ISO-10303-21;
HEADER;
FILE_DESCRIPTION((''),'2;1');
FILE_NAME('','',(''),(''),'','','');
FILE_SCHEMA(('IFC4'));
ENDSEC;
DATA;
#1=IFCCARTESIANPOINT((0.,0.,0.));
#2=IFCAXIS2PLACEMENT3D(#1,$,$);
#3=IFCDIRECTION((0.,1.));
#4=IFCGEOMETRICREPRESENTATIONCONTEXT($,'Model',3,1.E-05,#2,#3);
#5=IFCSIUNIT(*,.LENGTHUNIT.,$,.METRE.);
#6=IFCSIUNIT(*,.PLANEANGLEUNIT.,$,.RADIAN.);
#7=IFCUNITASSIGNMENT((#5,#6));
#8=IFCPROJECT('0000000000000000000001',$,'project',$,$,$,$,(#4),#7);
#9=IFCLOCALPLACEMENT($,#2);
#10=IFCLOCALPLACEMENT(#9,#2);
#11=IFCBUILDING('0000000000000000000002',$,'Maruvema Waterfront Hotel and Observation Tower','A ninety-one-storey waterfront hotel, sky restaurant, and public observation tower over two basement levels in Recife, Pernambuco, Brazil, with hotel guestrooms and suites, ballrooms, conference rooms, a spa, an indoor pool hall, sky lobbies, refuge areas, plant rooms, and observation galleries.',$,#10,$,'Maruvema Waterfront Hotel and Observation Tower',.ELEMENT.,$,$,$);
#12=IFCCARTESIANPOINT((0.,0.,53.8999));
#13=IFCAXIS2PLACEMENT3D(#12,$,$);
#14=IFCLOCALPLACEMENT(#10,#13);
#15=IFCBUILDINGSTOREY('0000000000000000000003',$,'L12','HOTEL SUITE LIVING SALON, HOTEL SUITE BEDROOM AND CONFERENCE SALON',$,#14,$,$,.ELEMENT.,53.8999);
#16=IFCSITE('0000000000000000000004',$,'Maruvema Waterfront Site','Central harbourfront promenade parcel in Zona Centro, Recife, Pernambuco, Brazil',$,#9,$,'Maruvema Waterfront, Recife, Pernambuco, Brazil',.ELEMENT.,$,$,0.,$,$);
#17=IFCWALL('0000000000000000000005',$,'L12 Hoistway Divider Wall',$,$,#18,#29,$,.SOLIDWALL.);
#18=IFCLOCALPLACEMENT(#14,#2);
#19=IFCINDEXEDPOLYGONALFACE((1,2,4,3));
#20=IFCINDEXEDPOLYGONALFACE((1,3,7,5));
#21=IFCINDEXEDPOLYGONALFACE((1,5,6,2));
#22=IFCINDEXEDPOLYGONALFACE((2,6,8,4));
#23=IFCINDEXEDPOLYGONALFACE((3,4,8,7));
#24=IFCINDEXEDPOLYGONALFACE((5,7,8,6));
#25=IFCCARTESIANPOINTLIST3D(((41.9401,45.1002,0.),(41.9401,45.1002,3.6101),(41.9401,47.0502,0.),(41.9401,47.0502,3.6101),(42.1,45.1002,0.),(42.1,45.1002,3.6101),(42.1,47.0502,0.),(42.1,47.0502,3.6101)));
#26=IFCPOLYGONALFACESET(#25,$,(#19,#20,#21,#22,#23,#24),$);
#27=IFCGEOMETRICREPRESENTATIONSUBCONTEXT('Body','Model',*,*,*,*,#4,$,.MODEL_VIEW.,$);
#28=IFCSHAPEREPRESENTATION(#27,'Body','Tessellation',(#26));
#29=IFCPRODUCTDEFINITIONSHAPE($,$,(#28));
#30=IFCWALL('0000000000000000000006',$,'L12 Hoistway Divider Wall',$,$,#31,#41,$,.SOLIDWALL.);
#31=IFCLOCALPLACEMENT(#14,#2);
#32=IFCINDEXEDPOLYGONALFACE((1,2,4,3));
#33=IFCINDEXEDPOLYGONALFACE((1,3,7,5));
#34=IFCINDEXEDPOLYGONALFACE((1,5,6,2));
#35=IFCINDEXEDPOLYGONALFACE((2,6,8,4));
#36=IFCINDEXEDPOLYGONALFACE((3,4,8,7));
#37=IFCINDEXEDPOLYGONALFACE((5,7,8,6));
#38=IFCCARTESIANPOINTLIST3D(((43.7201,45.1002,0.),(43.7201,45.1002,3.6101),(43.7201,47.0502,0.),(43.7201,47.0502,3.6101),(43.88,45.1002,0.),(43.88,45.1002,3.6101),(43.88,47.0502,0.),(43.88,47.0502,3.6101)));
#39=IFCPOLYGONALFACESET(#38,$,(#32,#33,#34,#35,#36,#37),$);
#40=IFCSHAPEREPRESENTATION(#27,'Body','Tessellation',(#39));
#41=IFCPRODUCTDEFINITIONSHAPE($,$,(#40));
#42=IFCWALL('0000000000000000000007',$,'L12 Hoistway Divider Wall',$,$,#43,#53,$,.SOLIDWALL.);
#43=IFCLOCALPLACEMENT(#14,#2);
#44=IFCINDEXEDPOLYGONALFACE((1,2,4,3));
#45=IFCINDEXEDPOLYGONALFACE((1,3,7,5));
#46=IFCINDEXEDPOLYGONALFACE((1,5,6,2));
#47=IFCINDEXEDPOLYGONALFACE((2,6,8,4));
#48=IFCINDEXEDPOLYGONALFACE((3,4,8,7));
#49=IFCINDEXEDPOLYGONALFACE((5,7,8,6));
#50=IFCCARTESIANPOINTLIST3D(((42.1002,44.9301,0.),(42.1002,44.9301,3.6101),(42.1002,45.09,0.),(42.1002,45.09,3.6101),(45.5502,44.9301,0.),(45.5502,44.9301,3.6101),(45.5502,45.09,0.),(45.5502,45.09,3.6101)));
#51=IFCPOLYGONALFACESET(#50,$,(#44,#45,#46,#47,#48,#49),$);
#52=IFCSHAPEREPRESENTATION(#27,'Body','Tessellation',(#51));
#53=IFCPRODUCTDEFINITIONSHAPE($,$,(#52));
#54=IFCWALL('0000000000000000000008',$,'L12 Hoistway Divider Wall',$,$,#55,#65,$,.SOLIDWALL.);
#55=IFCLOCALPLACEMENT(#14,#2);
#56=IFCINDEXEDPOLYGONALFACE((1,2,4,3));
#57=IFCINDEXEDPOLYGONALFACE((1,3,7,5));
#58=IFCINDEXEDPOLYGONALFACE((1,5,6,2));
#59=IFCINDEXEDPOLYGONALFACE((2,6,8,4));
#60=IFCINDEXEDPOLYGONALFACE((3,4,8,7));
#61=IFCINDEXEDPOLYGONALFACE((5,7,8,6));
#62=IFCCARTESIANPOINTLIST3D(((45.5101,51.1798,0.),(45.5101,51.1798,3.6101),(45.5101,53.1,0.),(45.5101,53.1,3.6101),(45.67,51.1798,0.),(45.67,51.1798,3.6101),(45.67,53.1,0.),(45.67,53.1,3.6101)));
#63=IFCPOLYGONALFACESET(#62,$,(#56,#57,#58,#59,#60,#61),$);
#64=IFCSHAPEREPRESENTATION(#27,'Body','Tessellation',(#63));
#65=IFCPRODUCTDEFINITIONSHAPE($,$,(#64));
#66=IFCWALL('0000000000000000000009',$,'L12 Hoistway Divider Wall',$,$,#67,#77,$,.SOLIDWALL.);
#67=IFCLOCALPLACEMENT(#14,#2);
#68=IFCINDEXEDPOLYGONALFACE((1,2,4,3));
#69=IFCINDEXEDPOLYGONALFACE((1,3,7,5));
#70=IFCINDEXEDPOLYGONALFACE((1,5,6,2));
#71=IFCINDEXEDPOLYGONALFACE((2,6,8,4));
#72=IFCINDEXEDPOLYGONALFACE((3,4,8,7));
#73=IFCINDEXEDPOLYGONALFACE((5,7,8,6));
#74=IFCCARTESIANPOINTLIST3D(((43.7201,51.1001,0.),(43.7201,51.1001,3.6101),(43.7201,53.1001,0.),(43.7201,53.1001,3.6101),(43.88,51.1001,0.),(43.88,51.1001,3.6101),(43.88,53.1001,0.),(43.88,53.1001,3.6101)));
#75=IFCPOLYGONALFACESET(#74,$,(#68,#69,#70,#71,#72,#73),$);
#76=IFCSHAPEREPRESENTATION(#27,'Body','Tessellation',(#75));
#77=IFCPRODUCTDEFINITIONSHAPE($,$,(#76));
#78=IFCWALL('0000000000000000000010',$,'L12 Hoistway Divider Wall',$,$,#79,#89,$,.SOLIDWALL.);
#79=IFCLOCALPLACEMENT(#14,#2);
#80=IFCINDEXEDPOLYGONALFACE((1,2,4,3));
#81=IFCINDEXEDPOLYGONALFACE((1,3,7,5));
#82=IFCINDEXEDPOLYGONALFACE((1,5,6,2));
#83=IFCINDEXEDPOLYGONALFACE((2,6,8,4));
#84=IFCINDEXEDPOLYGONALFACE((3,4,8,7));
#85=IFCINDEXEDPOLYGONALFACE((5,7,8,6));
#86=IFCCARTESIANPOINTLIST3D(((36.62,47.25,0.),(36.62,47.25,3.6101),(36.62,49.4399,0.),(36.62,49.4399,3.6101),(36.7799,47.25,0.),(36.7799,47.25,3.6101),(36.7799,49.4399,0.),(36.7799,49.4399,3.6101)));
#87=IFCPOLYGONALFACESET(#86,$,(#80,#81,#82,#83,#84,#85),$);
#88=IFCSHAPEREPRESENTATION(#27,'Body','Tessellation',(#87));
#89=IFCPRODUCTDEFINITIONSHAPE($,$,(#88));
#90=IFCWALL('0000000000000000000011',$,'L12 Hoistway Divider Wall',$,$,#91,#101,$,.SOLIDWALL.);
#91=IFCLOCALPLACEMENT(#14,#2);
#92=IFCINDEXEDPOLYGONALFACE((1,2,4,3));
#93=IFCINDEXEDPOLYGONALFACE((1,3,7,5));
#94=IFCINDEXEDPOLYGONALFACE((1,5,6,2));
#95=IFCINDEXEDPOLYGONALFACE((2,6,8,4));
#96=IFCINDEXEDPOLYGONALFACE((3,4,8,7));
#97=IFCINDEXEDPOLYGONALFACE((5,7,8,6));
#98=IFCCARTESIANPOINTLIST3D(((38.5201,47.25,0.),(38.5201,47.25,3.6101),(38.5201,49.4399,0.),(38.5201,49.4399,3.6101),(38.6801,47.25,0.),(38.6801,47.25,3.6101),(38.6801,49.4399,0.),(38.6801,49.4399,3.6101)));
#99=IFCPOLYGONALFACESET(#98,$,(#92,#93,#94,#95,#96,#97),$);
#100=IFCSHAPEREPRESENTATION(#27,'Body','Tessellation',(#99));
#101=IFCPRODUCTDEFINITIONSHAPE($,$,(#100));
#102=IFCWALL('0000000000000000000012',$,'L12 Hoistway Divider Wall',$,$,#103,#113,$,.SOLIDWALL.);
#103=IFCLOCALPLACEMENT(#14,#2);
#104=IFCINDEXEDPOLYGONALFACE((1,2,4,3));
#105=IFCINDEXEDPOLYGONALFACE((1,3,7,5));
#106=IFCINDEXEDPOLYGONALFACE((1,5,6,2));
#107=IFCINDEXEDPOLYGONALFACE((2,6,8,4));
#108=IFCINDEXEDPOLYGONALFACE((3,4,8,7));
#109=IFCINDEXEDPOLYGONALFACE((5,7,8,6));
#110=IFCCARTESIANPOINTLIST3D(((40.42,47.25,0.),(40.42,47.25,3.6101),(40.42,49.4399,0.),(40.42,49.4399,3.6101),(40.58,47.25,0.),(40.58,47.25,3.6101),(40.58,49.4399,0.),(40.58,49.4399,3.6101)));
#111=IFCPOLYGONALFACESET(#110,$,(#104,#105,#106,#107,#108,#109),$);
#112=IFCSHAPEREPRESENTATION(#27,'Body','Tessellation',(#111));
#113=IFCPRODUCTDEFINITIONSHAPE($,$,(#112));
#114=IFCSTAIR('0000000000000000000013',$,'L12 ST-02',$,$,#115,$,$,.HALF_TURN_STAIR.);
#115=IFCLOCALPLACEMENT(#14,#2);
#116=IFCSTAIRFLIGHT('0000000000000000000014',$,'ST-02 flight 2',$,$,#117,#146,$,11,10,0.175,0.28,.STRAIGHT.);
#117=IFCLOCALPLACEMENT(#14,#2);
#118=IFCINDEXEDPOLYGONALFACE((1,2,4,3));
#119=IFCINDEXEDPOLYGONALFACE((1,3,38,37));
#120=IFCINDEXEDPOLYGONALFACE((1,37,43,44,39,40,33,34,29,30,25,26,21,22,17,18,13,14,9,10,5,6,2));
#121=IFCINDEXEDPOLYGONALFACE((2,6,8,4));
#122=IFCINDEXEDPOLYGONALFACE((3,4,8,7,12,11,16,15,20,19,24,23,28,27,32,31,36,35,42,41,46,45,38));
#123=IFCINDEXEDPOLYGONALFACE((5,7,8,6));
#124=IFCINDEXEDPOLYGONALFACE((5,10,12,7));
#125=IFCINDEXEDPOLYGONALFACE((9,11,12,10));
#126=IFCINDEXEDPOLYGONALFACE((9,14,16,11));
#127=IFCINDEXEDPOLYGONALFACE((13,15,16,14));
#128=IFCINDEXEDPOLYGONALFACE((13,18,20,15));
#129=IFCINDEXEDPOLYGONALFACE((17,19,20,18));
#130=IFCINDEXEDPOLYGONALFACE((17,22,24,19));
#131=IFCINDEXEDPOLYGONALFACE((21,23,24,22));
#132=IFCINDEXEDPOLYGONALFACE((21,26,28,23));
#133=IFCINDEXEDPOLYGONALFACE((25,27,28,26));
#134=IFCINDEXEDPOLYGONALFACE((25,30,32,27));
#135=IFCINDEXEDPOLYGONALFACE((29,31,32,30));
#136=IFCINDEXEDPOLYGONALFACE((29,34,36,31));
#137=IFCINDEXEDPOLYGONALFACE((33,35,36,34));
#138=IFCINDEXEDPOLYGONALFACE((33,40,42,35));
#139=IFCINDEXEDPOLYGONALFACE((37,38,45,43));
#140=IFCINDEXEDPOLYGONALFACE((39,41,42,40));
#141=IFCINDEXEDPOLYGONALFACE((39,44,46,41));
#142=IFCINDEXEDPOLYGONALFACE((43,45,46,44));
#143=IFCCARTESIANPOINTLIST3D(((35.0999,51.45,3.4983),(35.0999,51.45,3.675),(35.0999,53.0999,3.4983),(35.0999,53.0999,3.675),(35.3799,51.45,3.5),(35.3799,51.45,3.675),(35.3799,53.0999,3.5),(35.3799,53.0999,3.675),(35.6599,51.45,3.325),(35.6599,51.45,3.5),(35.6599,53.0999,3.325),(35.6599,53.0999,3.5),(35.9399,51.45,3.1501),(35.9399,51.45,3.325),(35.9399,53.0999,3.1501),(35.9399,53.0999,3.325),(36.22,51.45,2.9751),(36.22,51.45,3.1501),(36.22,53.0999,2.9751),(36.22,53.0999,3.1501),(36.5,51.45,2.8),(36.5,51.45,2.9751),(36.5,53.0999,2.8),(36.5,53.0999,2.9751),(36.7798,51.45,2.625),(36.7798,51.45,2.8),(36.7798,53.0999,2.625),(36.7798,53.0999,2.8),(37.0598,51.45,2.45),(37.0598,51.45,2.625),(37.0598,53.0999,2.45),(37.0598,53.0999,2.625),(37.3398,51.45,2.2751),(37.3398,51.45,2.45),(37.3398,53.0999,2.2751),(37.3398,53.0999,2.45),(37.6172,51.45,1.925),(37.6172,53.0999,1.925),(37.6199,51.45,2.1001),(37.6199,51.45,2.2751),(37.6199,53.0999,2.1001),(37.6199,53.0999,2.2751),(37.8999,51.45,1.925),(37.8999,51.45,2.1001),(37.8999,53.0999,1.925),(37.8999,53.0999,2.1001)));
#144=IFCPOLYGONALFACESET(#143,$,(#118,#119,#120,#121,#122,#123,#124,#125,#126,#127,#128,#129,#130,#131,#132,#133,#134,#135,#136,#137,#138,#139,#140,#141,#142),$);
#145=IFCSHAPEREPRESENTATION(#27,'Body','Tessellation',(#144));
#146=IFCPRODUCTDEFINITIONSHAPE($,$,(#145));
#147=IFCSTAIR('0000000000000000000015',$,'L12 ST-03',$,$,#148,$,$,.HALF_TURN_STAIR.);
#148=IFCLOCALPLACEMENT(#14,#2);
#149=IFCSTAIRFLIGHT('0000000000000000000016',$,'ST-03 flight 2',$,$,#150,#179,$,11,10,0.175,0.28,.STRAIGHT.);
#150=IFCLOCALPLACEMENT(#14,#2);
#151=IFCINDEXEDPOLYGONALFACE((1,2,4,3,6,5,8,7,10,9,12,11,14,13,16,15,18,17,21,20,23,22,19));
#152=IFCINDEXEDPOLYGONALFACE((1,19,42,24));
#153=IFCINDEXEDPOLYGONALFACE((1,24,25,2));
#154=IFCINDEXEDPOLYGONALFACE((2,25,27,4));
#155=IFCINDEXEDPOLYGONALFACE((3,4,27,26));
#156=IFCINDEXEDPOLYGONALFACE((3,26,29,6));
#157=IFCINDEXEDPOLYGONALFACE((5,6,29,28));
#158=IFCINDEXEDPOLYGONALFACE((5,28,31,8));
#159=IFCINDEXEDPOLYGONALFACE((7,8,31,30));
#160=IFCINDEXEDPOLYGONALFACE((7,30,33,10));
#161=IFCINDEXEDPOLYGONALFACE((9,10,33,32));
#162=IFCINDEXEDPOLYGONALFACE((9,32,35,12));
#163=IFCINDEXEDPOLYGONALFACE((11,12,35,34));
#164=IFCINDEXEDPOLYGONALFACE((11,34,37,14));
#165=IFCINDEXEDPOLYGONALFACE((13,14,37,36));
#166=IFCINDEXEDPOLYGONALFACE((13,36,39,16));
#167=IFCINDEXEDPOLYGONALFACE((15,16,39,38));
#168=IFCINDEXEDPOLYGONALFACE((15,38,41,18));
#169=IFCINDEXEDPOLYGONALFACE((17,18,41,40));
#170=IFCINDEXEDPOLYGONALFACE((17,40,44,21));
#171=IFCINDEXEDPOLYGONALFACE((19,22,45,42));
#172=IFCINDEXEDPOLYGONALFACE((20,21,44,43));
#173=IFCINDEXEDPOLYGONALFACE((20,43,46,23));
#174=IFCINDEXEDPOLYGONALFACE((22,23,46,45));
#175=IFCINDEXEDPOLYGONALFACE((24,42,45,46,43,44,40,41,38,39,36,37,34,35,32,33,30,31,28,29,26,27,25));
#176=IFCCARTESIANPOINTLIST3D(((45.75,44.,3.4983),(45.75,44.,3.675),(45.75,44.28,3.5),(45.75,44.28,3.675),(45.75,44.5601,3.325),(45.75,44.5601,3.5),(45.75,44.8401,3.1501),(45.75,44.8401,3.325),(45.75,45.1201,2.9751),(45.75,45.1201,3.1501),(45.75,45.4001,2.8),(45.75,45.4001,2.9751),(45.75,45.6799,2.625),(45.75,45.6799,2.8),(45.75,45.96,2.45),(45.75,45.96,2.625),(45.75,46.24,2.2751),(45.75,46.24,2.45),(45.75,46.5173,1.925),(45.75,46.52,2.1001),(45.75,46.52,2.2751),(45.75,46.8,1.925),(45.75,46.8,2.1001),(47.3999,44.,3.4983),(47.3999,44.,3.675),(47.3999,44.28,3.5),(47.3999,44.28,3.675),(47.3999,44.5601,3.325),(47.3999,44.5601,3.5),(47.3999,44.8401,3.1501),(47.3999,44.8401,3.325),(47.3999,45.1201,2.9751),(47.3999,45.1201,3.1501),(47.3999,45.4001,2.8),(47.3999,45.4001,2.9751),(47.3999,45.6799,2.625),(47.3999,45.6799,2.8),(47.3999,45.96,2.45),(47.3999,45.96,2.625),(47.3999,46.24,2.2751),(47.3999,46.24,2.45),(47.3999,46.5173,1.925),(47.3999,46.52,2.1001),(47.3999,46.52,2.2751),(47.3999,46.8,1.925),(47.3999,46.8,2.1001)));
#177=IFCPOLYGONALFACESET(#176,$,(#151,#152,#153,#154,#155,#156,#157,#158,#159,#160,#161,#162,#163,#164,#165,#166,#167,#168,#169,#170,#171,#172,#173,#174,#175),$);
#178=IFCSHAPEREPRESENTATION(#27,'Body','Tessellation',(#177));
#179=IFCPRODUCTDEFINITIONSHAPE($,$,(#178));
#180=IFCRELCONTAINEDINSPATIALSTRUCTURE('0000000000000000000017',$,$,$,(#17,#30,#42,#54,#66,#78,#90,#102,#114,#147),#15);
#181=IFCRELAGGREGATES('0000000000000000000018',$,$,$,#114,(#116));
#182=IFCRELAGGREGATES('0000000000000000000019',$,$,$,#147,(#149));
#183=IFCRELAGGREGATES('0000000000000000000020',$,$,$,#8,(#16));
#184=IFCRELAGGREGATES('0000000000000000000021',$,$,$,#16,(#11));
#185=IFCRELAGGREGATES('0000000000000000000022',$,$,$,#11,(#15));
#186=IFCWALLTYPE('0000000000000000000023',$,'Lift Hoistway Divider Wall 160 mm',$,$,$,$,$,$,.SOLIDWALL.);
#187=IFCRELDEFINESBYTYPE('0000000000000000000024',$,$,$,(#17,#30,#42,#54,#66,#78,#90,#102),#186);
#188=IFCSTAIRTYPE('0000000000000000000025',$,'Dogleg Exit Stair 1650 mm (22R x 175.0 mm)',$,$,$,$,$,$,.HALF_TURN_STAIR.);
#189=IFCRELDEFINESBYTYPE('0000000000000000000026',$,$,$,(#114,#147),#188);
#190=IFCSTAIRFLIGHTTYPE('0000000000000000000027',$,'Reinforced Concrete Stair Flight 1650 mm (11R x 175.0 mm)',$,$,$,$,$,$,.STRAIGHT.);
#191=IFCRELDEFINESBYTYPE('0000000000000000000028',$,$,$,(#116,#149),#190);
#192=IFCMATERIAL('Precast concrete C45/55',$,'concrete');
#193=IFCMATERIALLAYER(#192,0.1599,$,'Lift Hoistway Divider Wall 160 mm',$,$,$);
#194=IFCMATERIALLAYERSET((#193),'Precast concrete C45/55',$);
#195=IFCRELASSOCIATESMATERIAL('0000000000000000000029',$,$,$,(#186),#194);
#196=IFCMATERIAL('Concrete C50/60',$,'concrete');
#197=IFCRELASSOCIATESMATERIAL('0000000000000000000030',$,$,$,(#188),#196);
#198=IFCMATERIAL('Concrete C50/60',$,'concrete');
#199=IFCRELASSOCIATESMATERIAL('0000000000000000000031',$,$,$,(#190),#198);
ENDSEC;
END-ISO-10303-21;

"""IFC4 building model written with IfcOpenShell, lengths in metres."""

from ifc_helpers import new_model, si_unit, direction, frame, frame_2d, origin, place, context, subcontext, project, spatial, polyline, rectangle, outline, extrude, material, layer, layer_set, type_object, element, aggregate, save


model = new_model("IFC4")

# Units and contexts
model_context = context("Model", 3, precision=1e-05, world=origin(), true_north=direction((0.0, 1.0)))
body_context = subcontext(model_context, "Body", "Model", "MODEL_VIEW")
ifc_project = project(units=[si_unit("LENGTHUNIT", "METRE"), si_unit("PLANEANGLEUNIT", "RADIAN")], contexts=[model_context])

# Site, building, storey
site_placement = place(None, origin())
site = spatial("IfcSite", under=ifc_project, at=site_placement, Name="Maruvema Waterfront Site", Description="Central harbourfront promenade parcel in Zona Centro, Recife, Pernambuco, Brazil", LongName="Maruvema Waterfront, Recife, Pernambuco, Brazil", CompositionType="ELEMENT", RefElevation=0.0)
building_placement = place(site_placement, origin())
building = spatial("IfcBuilding", under=site, at=building_placement, Name="Maruvema Waterfront Hotel and Observation Tower", Description="A ninety-one-storey waterfront hotel, sky restaurant, and public observation tower over two basement levels in Recife, Pernambuco, Brazil, with hotel guestrooms and suites, ballrooms, conference rooms, a spa, an indoor pool hall, sky lobbies, refuge areas, plant rooms, and observation galleries.", LongName="Maruvema Waterfront Hotel and Observation Tower", CompositionType="ELEMENT")
storey_placement = place(building_placement, frame((0.0, 0.0, 53.8999)))
storey = spatial("IfcBuildingStorey", under=building, at=storey_placement, Name="L12", Description="HOTEL SUITE LIVING SALON, HOTEL SUITE BEDROOM AND CONFERENCE SALON", CompositionType="ELEMENT", Elevation=53.8999)

# Walls
ifc_material_1 = material(Name="Precast concrete C45/55", Category="concrete")
ifc_layer_1 = layer(ifc_material_1, 0.1599, Name="Lift Hoistway Divider Wall 160 mm")
ifc_layer_set_1 = layer_set([ifc_layer_1], Name="Precast concrete C45/55")
wall_type_1 = type_object("IfcWallType", Name="Lift Hoistway Divider Wall 160 mm", PredefinedType="SOLIDWALL", material=ifc_layer_set_1)
for number, where, z_axis, x_axis, name in (
    (1, (42.02, 45.1001, 0.0), (0.0, 0.0, 1.0), (0.0, 1.0, 0.0), "L12 Hoistway Divider Wall"),
    (2, (43.8, 45.1001, 0.0), (0.0, 0.0, 1.0), (0.0, 1.0, 0.0), "L12 Hoistway Divider Wall"),
):
    element("IfcWall", number, at=place(storey_placement, frame(where, z_axis=z_axis, x_axis=x_axis)), inside=storey, type_object=wall_type_1, Name=name, PredefinedType="SOLIDWALL", context=body_context, shape_type="SweptSolid", body=[
        extrude(rectangle(XDim=1.95, YDim=0.1599, at=frame_2d((0.9751, 0.0))), origin(), (0.0, 0.0, 1.0), 3.6101),
    ])
wall_1_placement = place(storey_placement, frame((42.1001, 45.01, 0.0), z_axis=(0.0, 0.0, 1.0), x_axis=(1.0, 0.0, 0.0)))
element("IfcWall", 3, at=wall_1_placement, inside=storey, type_object=wall_type_1, Name="L12 Hoistway Divider Wall", PredefinedType="SOLIDWALL", context=body_context, shape_type="SweptSolid", body=[
    extrude(rectangle(XDim=3.45, YDim=0.1599, at=frame_2d((1.7251, 0.0))), origin(), (0.0, 0.0, 1.0), 3.6101),
])
wall_2_placement = place(storey_placement, frame((45.5901, 51.1799, 0.0), z_axis=(0.0, 0.0, 1.0), x_axis=(0.0, 1.0, 0.0)))
element("IfcWall", 4, at=wall_2_placement, inside=storey, type_object=wall_type_1, Name="L12 Hoistway Divider Wall", PredefinedType="SOLIDWALL", context=body_context, shape_type="SweptSolid", body=[
    extrude(rectangle(XDim=1.9202, YDim=0.1599, at=frame_2d((0.96, 0.0))), origin(), (0.0, 0.0, 1.0), 3.6101),
])
wall_3_placement = place(storey_placement, frame((43.8, 51.1001, 0.0), z_axis=(0.0, 0.0, 1.0), x_axis=(0.0, 1.0, 0.0)))
element("IfcWall", 5, at=wall_3_placement, inside=storey, type_object=wall_type_1, Name="L12 Hoistway Divider Wall", PredefinedType="SOLIDWALL", context=body_context, shape_type="SweptSolid", body=[
    extrude(rectangle(XDim=2.0, YDim=0.1599, at=frame_2d((1.0, 0.0))), origin(), (0.0, 0.0, 1.0), 3.6101),
])
for number, where, z_axis, x_axis, name in (
    (6, (36.7, 47.25, 0.0), (0.0, 0.0, 1.0), (0.0, 1.0, 0.0), "L12 Hoistway Divider Wall"),
    (7, (38.6001, 47.25, 0.0), (0.0, 0.0, 1.0), (0.0, 1.0, 0.0), "L12 Hoistway Divider Wall"),
    (8, (40.5, 47.25, 0.0), (0.0, 0.0, 1.0), (0.0, 1.0, 0.0), "L12 Hoistway Divider Wall"),
):
    element("IfcWall", number, at=place(storey_placement, frame(where, z_axis=z_axis, x_axis=x_axis)), inside=storey, type_object=wall_type_1, Name=name, PredefinedType="SOLIDWALL", context=body_context, shape_type="SweptSolid", body=[
        extrude(rectangle(XDim=2.1899, YDim=0.1599, at=frame_2d((1.095, 0.0))), origin(), (0.0, 0.0, 1.0), 3.6101),
    ])

# Stairs, stair flights
ifc_material_2 = material(Name="Concrete C50/60", Category="concrete")
stair_type = type_object("IfcStairType", Name="Dogleg Exit Stair 1650 mm (22R x 175.0 mm)", PredefinedType="HALF_TURN_STAIR", material=ifc_material_2)
stair_1_placement = place(storey_placement, origin())
stair_1 = element("IfcStair", 9, at=stair_1_placement, inside=storey, type_object=stair_type, Name="L12 ST-02", PredefinedType="HALF_TURN_STAIR")
ifc_material_3 = material(Name="Concrete C50/60", Category="concrete")
stair_flight_type = type_object("IfcStairFlightType", Name="Reinforced Concrete Stair Flight 1650 mm (11R x 175.0 mm)", PredefinedType="STRAIGHT", material=ifc_material_3)
stair_flight_1_placement = place(storey_placement, frame((37.8999, 52.2749, 1.925), z_axis=(0.0, 0.0, 1.0), x_axis=(-1.0, 0.0, 0.0)))
stair_flight_1 = element("IfcStairFlight", 10, at=stair_flight_1_placement, type_object=stair_flight_type, Name="ST-02 flight 2", NumberOfRisers=11, NumberOfTreads=10, PredefinedType="STRAIGHT", RiserHeight=0.175, TreadLength=0.28, context=body_context, shape_type="SweptSolid", body=[
    extrude(outline(polyline([(0.0, 0.0), (0.0, 0.175), (0.28, 0.175), (0.28, 0.3501), (0.5601, 0.3501), (0.5601, 0.5249), (0.8401, 0.5249), (0.8401, 0.7), (1.1201, 0.7), (1.1201, 0.875), (1.3999, 0.875), (1.3999, 1.05), (1.6799, 1.05), (1.6799, 1.2251), (1.96, 1.2251), (1.96, 1.3999), (2.24, 1.3999), (2.24, 1.575), (2.52, 1.575), (2.52, 1.75), (2.8, 1.75), (2.8, 1.925), (2.8, 1.5732), (0.2827, 0.0), (0.0, 0.0)])), frame((0.0, 0.825, 0.0), z_axis=(0.0, -1.0, 0.0), x_axis=(1.0, 0.0, 0.0)), (0.0, 0.0, 1.0), 1.6499),
])
aggregate(stair_1, [stair_flight_1])
stair_2_placement = place(storey_placement, origin())
stair_2 = element("IfcStair", 11, at=stair_2_placement, inside=storey, type_object=stair_type, Name="L12 ST-03", PredefinedType="HALF_TURN_STAIR")
stair_flight_2_placement = place(storey_placement, frame((46.575, 46.8, 1.925), z_axis=(0.0, 0.0, 1.0), x_axis=(0.0, -1.0, 0.0)))
stair_flight_2 = element("IfcStairFlight", 12, at=stair_flight_2_placement, type_object=stair_flight_type, Name="ST-03 flight 2", NumberOfRisers=11, NumberOfTreads=10, PredefinedType="STRAIGHT", RiserHeight=0.175, TreadLength=0.28, context=body_context, shape_type="SweptSolid", body=[
    extrude(outline(polyline([(0.0, 0.0), (0.0, 0.175), (0.28, 0.175), (0.28, 0.3501), (0.5601, 0.3501), (0.5601, 0.5249), (0.8401, 0.5249), (0.8401, 0.7), (1.1201, 0.7), (1.1201, 0.875), (1.3999, 0.875), (1.3999, 1.05), (1.6799, 1.05), (1.6799, 1.2251), (1.96, 1.2251), (1.96, 1.3999), (2.24, 1.3999), (2.24, 1.575), (2.52, 1.575), (2.52, 1.75), (2.8, 1.75), (2.8, 1.925), (2.8, 1.5732), (0.2827, 0.0), (0.0, 0.0)])), frame((0.0, 0.825, 0.0), z_axis=(0.0, -1.0, 0.0), x_axis=(1.0, 0.0, 0.0)), (0.0, 0.0, 1.0), 1.6499),
])
aggregate(stair_2, [stair_flight_2])

save(model, "model.ifc")
